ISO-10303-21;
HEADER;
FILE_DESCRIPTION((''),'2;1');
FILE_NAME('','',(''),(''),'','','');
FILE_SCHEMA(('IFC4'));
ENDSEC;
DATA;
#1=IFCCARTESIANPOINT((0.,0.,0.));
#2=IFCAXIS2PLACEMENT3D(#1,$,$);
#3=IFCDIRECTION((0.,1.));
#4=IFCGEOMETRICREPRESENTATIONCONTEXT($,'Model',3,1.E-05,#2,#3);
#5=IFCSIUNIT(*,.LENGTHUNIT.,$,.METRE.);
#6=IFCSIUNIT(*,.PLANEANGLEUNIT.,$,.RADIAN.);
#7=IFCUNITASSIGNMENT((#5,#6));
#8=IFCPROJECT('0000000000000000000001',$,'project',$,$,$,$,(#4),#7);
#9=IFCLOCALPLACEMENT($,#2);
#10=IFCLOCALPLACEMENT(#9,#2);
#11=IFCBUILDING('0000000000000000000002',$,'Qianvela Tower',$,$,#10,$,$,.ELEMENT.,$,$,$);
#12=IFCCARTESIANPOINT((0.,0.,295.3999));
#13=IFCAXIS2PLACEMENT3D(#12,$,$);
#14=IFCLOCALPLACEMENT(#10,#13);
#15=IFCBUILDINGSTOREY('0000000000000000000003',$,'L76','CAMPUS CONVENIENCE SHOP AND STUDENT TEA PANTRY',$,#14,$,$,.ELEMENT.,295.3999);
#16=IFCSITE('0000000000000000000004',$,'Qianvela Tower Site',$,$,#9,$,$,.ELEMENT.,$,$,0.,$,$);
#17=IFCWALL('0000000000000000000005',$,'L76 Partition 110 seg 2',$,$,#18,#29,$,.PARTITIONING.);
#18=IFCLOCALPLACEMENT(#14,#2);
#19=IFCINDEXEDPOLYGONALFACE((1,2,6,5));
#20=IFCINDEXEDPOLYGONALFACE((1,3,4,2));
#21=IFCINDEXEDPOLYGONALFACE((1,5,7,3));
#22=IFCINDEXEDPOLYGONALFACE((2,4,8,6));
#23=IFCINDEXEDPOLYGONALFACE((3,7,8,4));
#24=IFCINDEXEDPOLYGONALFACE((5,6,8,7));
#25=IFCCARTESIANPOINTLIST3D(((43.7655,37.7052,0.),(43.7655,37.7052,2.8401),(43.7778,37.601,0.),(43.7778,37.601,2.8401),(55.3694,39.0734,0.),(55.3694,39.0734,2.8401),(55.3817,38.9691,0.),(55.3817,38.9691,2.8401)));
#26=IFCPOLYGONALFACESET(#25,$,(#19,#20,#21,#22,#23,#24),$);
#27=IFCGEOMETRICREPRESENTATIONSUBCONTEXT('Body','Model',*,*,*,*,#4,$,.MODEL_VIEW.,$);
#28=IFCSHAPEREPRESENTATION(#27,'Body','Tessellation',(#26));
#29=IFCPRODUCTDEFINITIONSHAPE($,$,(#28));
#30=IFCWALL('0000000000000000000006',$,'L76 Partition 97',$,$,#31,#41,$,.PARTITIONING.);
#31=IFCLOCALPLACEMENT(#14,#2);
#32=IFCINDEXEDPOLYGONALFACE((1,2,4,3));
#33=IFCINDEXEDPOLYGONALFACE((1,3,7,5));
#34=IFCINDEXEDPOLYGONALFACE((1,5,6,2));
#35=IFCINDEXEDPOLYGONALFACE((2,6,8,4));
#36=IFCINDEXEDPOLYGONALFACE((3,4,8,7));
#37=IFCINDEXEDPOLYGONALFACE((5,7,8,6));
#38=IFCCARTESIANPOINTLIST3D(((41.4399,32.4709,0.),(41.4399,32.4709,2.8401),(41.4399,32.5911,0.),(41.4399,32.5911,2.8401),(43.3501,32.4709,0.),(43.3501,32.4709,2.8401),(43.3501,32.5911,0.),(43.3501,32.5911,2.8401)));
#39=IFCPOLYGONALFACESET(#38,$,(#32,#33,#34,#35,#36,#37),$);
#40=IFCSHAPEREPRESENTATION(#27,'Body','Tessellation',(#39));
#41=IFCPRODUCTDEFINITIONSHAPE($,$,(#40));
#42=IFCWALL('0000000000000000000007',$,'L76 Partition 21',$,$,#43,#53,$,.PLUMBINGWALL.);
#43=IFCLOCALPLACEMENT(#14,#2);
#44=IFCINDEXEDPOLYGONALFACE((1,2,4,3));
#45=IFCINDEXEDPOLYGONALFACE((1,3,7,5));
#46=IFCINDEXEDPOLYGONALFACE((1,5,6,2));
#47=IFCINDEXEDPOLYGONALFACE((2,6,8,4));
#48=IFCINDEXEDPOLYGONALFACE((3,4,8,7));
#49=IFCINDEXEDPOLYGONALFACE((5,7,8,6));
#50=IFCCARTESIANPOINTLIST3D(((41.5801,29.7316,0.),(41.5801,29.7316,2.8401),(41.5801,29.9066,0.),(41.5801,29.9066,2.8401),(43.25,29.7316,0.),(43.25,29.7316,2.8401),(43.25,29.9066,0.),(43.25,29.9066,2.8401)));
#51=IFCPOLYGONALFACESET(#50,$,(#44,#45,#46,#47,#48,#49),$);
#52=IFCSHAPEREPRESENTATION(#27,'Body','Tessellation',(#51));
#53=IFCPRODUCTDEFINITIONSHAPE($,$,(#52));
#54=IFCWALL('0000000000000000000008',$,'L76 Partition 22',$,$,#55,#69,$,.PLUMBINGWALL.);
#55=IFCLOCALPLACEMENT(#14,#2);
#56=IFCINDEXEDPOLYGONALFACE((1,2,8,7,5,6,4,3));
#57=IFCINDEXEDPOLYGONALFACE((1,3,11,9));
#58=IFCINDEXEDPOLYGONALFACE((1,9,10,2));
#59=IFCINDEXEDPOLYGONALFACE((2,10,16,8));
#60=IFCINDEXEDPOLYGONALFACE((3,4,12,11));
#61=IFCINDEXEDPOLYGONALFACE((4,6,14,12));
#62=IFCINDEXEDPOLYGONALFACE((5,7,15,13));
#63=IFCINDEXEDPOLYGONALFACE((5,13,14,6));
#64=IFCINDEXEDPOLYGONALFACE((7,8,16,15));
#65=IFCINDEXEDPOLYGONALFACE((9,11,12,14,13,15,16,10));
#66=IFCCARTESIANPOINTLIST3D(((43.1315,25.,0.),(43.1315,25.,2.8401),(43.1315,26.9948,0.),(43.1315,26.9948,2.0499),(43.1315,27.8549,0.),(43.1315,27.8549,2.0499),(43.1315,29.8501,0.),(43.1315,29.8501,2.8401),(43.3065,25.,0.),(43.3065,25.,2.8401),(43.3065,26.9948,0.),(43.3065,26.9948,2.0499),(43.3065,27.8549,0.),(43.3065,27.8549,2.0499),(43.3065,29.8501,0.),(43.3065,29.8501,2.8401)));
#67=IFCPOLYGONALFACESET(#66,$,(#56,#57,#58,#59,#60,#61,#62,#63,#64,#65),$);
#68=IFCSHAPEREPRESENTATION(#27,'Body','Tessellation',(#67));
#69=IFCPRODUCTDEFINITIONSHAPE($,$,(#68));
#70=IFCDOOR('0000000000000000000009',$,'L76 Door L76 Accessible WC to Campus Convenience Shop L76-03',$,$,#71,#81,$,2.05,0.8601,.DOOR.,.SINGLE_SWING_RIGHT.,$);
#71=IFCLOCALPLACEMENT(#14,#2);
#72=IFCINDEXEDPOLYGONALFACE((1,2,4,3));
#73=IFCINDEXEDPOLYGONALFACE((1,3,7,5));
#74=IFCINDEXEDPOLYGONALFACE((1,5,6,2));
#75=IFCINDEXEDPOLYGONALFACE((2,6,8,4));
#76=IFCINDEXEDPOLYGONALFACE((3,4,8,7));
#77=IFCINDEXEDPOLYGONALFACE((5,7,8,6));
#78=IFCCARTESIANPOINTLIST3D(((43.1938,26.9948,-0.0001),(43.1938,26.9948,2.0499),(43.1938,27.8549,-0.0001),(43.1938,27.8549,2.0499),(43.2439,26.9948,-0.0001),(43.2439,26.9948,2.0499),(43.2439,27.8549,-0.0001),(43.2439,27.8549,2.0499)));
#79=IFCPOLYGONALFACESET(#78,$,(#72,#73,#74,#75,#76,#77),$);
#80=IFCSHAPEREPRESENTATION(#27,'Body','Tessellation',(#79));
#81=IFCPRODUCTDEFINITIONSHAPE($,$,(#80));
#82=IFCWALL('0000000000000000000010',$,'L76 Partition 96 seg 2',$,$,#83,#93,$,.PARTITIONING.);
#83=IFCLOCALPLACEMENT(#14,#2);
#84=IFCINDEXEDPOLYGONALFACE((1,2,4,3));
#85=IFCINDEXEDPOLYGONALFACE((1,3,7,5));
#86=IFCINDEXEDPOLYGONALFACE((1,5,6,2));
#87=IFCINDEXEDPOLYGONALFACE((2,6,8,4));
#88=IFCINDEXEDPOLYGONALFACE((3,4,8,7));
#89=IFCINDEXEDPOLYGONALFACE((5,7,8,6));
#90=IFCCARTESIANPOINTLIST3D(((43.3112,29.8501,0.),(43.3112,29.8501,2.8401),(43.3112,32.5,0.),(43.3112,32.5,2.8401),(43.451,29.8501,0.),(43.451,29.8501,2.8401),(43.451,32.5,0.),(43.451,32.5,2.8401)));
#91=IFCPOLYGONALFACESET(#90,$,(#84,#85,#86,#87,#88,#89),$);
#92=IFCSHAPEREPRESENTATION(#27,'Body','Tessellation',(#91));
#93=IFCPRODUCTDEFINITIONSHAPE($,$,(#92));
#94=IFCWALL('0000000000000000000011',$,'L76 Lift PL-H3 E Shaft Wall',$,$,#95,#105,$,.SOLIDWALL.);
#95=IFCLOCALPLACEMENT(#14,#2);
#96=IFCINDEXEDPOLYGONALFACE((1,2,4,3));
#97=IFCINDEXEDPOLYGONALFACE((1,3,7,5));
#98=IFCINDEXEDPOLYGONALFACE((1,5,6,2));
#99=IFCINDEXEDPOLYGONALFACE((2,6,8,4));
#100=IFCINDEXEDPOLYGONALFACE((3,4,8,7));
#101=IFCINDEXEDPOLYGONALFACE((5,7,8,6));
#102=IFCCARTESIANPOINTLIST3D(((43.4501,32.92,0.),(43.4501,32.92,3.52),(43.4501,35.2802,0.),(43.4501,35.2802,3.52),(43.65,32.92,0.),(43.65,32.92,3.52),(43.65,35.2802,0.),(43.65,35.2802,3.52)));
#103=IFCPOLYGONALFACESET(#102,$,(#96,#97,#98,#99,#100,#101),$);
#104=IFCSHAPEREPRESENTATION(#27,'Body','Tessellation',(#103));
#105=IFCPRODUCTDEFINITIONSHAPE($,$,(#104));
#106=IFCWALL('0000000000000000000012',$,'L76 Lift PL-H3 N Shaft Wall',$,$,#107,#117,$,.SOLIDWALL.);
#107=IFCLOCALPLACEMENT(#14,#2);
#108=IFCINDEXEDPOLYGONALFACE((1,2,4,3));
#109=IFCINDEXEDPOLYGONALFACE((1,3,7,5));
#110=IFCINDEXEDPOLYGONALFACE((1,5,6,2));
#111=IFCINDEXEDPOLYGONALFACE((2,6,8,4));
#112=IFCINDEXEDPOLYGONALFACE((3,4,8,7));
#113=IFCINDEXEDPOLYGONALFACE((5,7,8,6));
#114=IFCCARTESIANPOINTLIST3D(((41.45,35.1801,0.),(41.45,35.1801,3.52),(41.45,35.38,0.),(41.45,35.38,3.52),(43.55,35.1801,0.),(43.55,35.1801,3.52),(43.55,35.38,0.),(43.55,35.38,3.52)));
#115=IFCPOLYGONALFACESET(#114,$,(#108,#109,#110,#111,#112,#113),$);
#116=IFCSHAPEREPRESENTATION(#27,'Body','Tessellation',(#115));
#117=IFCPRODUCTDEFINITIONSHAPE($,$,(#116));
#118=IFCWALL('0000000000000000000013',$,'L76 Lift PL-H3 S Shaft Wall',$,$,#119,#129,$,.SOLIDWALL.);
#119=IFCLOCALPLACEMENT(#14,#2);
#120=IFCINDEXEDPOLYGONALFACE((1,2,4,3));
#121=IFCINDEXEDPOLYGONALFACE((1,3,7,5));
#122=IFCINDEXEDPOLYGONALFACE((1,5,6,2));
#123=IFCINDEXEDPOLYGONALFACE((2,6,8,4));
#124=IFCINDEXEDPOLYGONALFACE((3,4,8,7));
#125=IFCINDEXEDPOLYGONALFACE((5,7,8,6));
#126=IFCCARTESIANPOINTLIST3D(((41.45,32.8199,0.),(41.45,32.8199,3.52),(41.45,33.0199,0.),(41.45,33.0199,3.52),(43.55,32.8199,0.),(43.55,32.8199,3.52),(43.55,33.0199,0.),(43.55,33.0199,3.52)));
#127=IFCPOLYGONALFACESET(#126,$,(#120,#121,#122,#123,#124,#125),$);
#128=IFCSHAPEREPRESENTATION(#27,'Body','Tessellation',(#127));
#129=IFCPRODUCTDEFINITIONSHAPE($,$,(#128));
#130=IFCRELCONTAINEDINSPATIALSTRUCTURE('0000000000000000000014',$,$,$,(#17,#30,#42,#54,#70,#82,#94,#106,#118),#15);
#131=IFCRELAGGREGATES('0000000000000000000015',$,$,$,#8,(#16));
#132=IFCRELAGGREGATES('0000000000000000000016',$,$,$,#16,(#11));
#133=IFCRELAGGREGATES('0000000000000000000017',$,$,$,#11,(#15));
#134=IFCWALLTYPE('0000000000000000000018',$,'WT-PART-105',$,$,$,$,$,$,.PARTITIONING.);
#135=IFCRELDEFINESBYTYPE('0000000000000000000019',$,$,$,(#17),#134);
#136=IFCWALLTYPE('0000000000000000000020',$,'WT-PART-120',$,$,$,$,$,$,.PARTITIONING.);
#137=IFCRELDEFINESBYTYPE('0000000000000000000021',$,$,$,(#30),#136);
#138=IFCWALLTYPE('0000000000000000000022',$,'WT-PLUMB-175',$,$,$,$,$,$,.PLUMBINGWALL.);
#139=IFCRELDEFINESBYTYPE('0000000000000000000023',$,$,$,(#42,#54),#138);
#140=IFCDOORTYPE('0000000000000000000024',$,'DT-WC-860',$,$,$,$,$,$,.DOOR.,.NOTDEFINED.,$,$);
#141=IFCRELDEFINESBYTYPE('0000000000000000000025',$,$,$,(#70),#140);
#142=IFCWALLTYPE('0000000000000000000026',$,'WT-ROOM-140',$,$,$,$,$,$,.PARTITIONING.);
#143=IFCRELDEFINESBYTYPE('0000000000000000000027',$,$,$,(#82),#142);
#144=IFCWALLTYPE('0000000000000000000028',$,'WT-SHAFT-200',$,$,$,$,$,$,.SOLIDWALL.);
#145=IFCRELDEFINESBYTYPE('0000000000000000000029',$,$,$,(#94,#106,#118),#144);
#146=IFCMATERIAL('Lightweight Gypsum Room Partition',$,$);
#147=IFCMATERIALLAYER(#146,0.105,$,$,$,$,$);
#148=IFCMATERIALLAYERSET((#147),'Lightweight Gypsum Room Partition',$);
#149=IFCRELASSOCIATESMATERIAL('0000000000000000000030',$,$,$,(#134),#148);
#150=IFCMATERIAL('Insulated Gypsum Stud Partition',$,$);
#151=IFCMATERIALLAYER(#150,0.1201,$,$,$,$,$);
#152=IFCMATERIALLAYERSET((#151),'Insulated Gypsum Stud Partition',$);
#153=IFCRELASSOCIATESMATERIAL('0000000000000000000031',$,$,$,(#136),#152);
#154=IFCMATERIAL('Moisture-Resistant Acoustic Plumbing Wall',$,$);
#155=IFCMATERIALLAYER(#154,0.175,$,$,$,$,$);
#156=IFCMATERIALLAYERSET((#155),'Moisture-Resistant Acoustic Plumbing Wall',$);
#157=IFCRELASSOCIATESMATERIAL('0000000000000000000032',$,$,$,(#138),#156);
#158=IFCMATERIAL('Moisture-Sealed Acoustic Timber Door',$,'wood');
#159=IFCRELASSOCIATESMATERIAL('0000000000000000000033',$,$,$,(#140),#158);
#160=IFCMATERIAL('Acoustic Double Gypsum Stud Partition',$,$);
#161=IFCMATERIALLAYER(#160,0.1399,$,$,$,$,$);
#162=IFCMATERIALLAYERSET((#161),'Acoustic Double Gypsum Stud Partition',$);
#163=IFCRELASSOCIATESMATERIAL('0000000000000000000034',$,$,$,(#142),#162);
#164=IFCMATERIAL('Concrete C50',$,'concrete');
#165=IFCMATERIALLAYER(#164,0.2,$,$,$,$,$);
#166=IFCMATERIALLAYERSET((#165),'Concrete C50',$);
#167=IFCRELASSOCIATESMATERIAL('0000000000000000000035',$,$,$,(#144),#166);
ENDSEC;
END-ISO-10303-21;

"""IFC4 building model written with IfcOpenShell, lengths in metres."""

from ifc_helpers import new_model, si_unit, direction, frame, frame_2d, origin, place, context, subcontext, project, spatial, rectangle, extrude, material, layer, layer_set, type_object, element, fill, save


model = new_model("IFC4")

# Units and contexts
model_context = context("Model", 3, precision=1e-05, world=origin(), true_north=direction((0.0, 1.0)))
body_context = subcontext(model_context, "Body", "Model", "MODEL_VIEW")
ifc_project = project(units=[si_unit("LENGTHUNIT", "METRE"), si_unit("PLANEANGLEUNIT", "RADIAN")], contexts=[model_context])

# Site, building, storey
site_placement = place(None, origin())
site = spatial("IfcSite", under=ifc_project, at=site_placement, Name="Qianvela Tower Site", CompositionType="ELEMENT", RefElevation=0.0)
building_placement = place(site_placement, origin())
building = spatial("IfcBuilding", under=site, at=building_placement, Name="Qianvela Tower", CompositionType="ELEMENT")
storey_placement = place(building_placement, frame((0.0, 0.0, 295.3999)))
storey = spatial("IfcBuildingStorey", under=building, at=storey_placement, Name="L76", Description="CAMPUS CONVENIENCE SHOP AND STUDENT TEA PANTRY", CompositionType="ELEMENT", Elevation=295.3999)

# Walls
ifc_material_1 = material(Name="Lightweight Gypsum Room Partition")
ifc_layer_1 = layer(ifc_material_1, 0.105)
ifc_layer_set_1 = layer_set([ifc_layer_1], Name="Lightweight Gypsum Room Partition")
wall_type_1 = type_object("IfcWallType", Name="WT-PART-105", PredefinedType="PARTITIONING", material=ifc_layer_set_1)
wall_1_placement = place(storey_placement, frame((43.7715, 37.6531, 0.0), z_axis=(0.0, 0.0, 1.0), x_axis=(0.993121, 0.117093, 0.0)))
element("IfcWall", 1, at=wall_1_placement, inside=storey, type_object=wall_type_1, Name="L76 Partition 110 seg 2", PredefinedType="PARTITIONING", context=body_context, shape_type="SweptSolid", body=[
    extrude(rectangle(XDim=11.6843, YDim=0.105, at=frame_2d((5.8423, 0.0))), origin(), (0.0, 0.0, 1.0), 2.8401),
])
ifc_material_2 = material(Name="Insulated Gypsum Stud Partition")
ifc_layer_2 = layer(ifc_material_2, 0.1201)
ifc_layer_set_2 = layer_set([ifc_layer_2], Name="Insulated Gypsum Stud Partition")
wall_type_2 = type_object("IfcWallType", Name="WT-PART-120", PredefinedType="PARTITIONING", material=ifc_layer_set_2)
wall_2_placement = place(storey_placement, frame((43.3501, 32.531, 0.0), z_axis=(0.0, 0.0, 1.0), x_axis=(-1.0, 0.0, 0.0)))
element("IfcWall", 2, at=wall_2_placement, inside=storey, type_object=wall_type_2, Name="L76 Partition 97", PredefinedType="PARTITIONING", context=body_context, shape_type="SweptSolid", body=[
    extrude(rectangle(XDim=1.9102, YDim=0.1201, at=frame_2d((0.9551, 0.0))), origin(), (0.0, 0.0, 1.0), 2.8401),
])
ifc_material_3 = material(Name="Moisture-Resistant Acoustic Plumbing Wall")
ifc_layer_3 = layer(ifc_material_3, 0.175)
ifc_layer_set_3 = layer_set([ifc_layer_3], Name="Moisture-Resistant Acoustic Plumbing Wall")
wall_type_3 = type_object("IfcWallType", Name="WT-PLUMB-175", PredefinedType="PLUMBINGWALL", material=ifc_layer_set_3)
wall_3_placement = place(storey_placement, frame((41.5801, 29.8191, 0.0), z_axis=(0.0, 0.0, 1.0), x_axis=(1.0, 0.0, 0.0)))
element("IfcWall", 3, at=wall_3_placement, inside=storey, type_object=wall_type_3, Name="L76 Partition 21", PredefinedType="PLUMBINGWALL", context=body_context, shape_type="SweptSolid", body=[
    extrude(rectangle(XDim=1.6699, YDim=0.175, at=frame_2d((0.835, 0.0))), origin(), (0.0, 0.0, 1.0), 2.8401),
])

# Wall, opening, door
wall_4_placement = place(storey_placement, frame((43.219, 29.8501, 0.0), z_axis=(0.0, 0.0, 1.0), x_axis=(0.0, -1.0, 0.0)))
wall_4 = element("IfcWall", 4, at=wall_4_placement, inside=storey, type_object=wall_type_3, Name="L76 Partition 22", PredefinedType="PLUMBINGWALL", context=body_context, shape_type="SweptSolid", body=[
    extrude(rectangle(XDim=4.8501, YDim=0.175, at=frame_2d((2.425, 0.0))), origin(), (0.0, 0.0, 1.0), 2.8401),
])
opening_1_placement = place(wall_4_placement, frame((1.9951, 0.0, 0.0)))
opening_1 = element("IfcOpeningElement", 5, at=opening_1_placement, cuts=wall_4, PredefinedType="OPENING", context=body_context, shape_type="SweptSolid", body=[
    extrude(rectangle(XDim=0.8601, YDim=2.05, at=frame_2d((0.4302, 1.0249))), frame((0.0, 0.0974, 0.0), z_axis=(0.0, -1.0, 0.0), x_axis=(1.0, 0.0, 0.0)), (0.0, 0.0, 1.0), 0.1951),
])
ifc_material_4 = material(Name="Moisture-Sealed Acoustic Timber Door", Category="wood")
door_type_1 = type_object("IfcDoorType", Name="DT-WC-860", OperationType="NOTDEFINED", PredefinedType="DOOR", material=ifc_material_4)
door_1_placement = place(opening_1_placement, origin())
door_1 = element("IfcDoor", 6, at=door_1_placement, inside=storey, type_object=door_type_1, Name="L76 Door L76 Accessible WC to Campus Convenience Shop L76-03", OperationType="SINGLE_SWING_RIGHT", OverallHeight=2.05, OverallWidth=0.8601, PredefinedType="DOOR", context=body_context, shape_type="SweptSolid", body=[
    extrude(rectangle(XDim=0.8601, YDim=2.05, at=frame_2d((0.4302, 1.0249))), frame((0.0, 0.0249, 0.0), z_axis=(0.0, -1.0, 0.0), x_axis=(1.0, 0.0, 0.0)), (0.0, 0.0, 1.0), 0.05),
])
fill(opening_1, door_1)

# Wall
ifc_material_5 = material(Name="Acoustic Double Gypsum Stud Partition")
ifc_layer_4 = layer(ifc_material_5, 0.1399)
ifc_layer_set_4 = layer_set([ifc_layer_4], Name="Acoustic Double Gypsum Stud Partition")
wall_type_4 = type_object("IfcWallType", Name="WT-ROOM-140", PredefinedType="PARTITIONING", material=ifc_layer_set_4)
wall_5_placement = place(storey_placement, frame((43.3811, 29.8501, 0.0), z_axis=(0.0, 0.0, 1.0), x_axis=(0.0, 1.0, 0.0)))
element("IfcWall", 7, at=wall_5_placement, inside=storey, type_object=wall_type_4, Name="L76 Partition 96 seg 2", PredefinedType="PARTITIONING", context=body_context, shape_type="SweptSolid", body=[
    extrude(rectangle(XDim=2.6499, YDim=0.1399, at=frame_2d((1.325, 0.0))), origin(), (0.0, 0.0, 1.0), 2.8401),
])

# Shared definitions
ifc_material_6 = material(Name="Concrete C50", Category="concrete")
ifc_layer_5 = layer(ifc_material_6, 0.2)
ifc_layer_set_5 = layer_set([ifc_layer_5], Name="Concrete C50")
wall_type_5 = type_object("IfcWallType", Name="WT-SHAFT-200", PredefinedType="SOLIDWALL", material=ifc_layer_set_5)

# Wall
wall_6_placement = place(storey_placement, frame((43.55, 32.9199, 0.0), z_axis=(0.0, 0.0, 1.0), x_axis=(0.0, 1.0, 0.0)))
element("IfcWall", 8, at=wall_6_placement, inside=storey, type_object=wall_type_5, Name="L76 Lift PL-H3 E Shaft Wall", PredefinedType="SOLIDWALL", context=body_context, shape_type="SweptSolid", body=[
    extrude(rectangle(XDim=2.3601, YDim=0.2, at=frame_2d((1.1802, 0.0))), origin(), (0.0, 0.0, 1.0), 3.52),
])

# Walls
for number, where, z_axis, x_axis, name in (
    (9, (41.45, 35.28, 0.0), (0.0, 0.0, 1.0), (1.0, 0.0, 0.0), "L76 Lift PL-H3 N Shaft Wall"),
    (10, (41.45, 32.9199, 0.0), (0.0, 0.0, 1.0), (1.0, 0.0, 0.0), "L76 Lift PL-H3 S Shaft Wall"),
):
    element("IfcWall", number, at=place(storey_placement, frame(where, z_axis=z_axis, x_axis=x_axis)), inside=storey, type_object=wall_type_5, Name=name, PredefinedType="SOLIDWALL", context=body_context, shape_type="SweptSolid", body=[
        extrude(rectangle(XDim=2.1001, YDim=0.2, at=frame_2d((1.05, 0.0))), origin(), (0.0, 0.0, 1.0), 3.52),
    ])

save(model, "model.ifc")
